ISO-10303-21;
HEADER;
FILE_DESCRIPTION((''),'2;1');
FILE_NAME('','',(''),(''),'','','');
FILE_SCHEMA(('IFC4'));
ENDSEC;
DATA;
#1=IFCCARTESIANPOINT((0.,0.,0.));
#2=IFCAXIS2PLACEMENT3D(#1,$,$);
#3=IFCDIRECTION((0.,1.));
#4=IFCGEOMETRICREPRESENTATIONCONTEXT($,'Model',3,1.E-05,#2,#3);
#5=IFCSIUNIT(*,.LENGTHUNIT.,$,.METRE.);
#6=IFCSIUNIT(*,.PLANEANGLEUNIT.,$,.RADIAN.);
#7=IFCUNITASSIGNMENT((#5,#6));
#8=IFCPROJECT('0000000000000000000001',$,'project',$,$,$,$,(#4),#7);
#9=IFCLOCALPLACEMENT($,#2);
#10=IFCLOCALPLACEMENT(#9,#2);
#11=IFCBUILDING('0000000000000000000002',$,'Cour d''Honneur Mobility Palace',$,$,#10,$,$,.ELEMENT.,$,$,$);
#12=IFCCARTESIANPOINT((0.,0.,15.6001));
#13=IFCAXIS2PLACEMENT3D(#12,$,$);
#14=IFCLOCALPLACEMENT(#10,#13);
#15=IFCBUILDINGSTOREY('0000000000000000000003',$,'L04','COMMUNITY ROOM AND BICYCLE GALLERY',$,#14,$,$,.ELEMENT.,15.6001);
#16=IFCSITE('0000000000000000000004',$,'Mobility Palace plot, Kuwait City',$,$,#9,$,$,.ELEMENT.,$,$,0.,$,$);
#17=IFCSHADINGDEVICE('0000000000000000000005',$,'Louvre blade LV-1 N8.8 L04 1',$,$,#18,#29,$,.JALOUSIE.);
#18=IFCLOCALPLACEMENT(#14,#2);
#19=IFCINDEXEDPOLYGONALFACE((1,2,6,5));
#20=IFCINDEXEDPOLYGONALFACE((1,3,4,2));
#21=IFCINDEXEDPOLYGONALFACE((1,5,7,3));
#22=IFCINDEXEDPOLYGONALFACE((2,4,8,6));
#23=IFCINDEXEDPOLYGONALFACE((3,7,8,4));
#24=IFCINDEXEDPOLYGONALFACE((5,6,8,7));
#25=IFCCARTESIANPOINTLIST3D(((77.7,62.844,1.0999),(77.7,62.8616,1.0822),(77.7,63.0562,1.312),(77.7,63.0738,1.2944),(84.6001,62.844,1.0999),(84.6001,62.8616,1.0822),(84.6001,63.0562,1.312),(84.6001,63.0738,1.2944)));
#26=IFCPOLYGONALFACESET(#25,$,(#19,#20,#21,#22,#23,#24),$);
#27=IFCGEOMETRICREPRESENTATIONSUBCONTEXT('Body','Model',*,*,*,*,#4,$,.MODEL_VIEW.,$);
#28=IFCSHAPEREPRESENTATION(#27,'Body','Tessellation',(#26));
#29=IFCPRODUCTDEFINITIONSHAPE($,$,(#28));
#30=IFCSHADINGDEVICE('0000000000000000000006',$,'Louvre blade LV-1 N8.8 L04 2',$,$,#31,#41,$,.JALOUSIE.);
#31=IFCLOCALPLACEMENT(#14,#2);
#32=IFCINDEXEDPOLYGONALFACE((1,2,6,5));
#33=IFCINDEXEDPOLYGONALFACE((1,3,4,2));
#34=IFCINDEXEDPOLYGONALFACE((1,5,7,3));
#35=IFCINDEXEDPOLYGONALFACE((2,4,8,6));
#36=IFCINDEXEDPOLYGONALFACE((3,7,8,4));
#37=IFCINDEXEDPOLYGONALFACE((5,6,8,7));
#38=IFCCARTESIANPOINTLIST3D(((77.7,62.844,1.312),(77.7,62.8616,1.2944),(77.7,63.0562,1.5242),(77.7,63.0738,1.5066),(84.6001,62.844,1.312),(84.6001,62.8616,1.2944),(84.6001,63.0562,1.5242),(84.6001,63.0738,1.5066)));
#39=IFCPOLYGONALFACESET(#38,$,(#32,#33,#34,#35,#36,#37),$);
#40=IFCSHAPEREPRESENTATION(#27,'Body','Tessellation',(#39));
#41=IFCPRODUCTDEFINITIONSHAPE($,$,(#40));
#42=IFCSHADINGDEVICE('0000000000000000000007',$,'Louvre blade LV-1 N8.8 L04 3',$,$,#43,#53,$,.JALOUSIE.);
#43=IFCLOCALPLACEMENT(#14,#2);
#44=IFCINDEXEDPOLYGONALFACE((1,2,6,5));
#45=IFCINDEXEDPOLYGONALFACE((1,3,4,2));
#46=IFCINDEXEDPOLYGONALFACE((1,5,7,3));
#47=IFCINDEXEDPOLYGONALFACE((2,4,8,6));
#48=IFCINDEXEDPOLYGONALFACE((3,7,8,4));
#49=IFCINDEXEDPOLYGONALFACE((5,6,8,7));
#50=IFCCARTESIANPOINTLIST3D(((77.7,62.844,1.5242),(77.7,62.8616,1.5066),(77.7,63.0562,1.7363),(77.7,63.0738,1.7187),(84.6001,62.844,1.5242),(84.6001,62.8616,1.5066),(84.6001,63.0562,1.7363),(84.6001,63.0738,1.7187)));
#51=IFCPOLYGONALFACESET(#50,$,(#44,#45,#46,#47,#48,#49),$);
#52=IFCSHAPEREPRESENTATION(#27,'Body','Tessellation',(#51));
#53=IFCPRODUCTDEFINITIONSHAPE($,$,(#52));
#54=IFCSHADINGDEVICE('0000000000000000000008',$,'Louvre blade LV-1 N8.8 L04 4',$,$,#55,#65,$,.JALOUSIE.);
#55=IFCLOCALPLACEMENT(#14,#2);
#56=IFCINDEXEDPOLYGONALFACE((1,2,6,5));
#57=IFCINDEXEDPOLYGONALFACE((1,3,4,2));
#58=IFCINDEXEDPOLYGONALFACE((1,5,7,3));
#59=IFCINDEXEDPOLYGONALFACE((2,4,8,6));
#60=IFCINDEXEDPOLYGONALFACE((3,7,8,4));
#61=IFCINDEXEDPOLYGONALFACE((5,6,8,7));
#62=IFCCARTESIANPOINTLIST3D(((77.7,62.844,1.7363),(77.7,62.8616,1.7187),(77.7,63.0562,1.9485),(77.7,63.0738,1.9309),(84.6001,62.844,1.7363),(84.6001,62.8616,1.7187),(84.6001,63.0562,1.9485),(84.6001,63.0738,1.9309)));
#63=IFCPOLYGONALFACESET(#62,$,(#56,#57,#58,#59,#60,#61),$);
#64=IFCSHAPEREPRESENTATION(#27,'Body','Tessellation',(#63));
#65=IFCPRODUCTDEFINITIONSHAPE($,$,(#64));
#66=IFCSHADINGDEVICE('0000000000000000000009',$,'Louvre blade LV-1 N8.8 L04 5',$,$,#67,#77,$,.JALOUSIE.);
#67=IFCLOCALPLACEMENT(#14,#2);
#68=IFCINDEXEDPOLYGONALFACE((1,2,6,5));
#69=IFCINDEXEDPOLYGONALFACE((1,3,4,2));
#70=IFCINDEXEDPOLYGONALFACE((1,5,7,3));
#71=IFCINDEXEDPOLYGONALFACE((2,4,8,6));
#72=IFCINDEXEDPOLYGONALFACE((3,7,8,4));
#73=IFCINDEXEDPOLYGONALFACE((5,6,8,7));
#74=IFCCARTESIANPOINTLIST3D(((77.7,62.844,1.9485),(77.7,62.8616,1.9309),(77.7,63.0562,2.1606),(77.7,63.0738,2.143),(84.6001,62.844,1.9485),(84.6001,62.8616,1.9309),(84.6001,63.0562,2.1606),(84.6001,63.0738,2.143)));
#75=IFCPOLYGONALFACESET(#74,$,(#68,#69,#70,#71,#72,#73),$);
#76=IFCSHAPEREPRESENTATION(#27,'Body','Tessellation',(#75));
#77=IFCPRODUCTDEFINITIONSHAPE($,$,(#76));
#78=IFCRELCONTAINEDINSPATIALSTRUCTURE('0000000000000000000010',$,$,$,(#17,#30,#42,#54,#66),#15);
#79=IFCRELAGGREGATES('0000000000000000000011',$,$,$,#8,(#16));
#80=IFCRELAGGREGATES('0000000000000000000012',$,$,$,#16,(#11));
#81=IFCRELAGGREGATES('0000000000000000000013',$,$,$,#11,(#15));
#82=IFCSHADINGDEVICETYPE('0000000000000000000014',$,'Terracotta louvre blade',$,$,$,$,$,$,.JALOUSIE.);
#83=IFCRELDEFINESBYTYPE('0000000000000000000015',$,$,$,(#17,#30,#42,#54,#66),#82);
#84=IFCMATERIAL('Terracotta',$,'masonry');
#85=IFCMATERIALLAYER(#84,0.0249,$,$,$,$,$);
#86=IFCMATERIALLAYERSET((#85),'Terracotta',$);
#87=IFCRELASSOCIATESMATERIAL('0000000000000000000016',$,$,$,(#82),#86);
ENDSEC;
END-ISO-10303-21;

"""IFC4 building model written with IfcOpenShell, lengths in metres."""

from ifc_helpers import new_model, si_unit, direction, frame, origin, place, context, subcontext, project, spatial, polyline, outline, extrude, material, layer, layer_set, type_object, element, save


model = new_model("IFC4")

# Units and contexts
model_context = context("Model", 3, precision=1e-05, world=origin(), true_north=direction((0.0, 1.0)))
body_context = subcontext(model_context, "Body", "Model", "MODEL_VIEW")
ifc_project = project(units=[si_unit("LENGTHUNIT", "METRE"), si_unit("PLANEANGLEUNIT", "RADIAN")], contexts=[model_context])

# Site, building, storey
site_placement = place(None, origin())
site = spatial("IfcSite", under=ifc_project, at=site_placement, Name="Mobility Palace plot, Kuwait City", CompositionType="ELEMENT", RefElevation=0.0)
building_placement = place(site_placement, origin())
building = spatial("IfcBuilding", under=site, at=building_placement, Name="Cour d'Honneur Mobility Palace", CompositionType="ELEMENT")
storey_placement = place(building_placement, frame((0.0, 0.0, 15.6001)))
storey = spatial("IfcBuildingStorey", under=building, at=storey_placement, Name="L04", Description="COMMUNITY ROOM AND BICYCLE GALLERY", CompositionType="ELEMENT", Elevation=15.6001)

# Shading devices
ifc_material_1 = material(Name="Terracotta", Category="masonry")
ifc_layer_1 = layer(ifc_material_1, 0.0249)
ifc_layer_set_1 = layer_set([ifc_layer_1], Name="Terracotta")
shading_device_type = type_object("IfcShadingDeviceType", Name="Terracotta louvre blade", PredefinedType="JALOUSIE", material=ifc_layer_set_1)
for number, where, z_axis, x_axis, name in (
    (1, (84.6001, 62.844, 1.0999), (0.0, -0.707107, 0.707107), (-1.0, 0.0, 0.0), "Louvre blade LV-1 N8.8 L04 1"),
    (2, (84.6001, 62.844, 1.312), (0.0, -0.707107, 0.707107), (-1.0, 0.0, 0.0), "Louvre blade LV-1 N8.8 L04 2"),
    (3, (84.6001, 62.844, 1.5242), (0.0, -0.707107, 0.707107), (-1.0, 0.0, 0.0), "Louvre blade LV-1 N8.8 L04 3"),
    (4, (84.6001, 62.844, 1.7363), (0.0, -0.707107, 0.707107), (-1.0, 0.0, 0.0), "Louvre blade LV-1 N8.8 L04 4"),
    (5, (84.6001, 62.844, 1.9485), (0.0, -0.707107, 0.707107), (-1.0, 0.0, 0.0), "Louvre blade LV-1 N8.8 L04 5"),
):
    element("IfcShadingDevice", number, at=place(storey_placement, frame(where, z_axis=z_axis, x_axis=x_axis)), inside=storey, type_object=shading_device_type, Name=name, PredefinedType="JALOUSIE", context=body_context, shape_type="SweptSolid", body=[
        extrude(outline(polyline([(0.0, 0.0), (6.9001, 0.0), (6.9001, -0.3), (0.0, -0.3), (0.0, 0.0)])), origin(), (0.0, 0.0, -1.0), 0.0249),
    ])

save(model, "model.ifc")
